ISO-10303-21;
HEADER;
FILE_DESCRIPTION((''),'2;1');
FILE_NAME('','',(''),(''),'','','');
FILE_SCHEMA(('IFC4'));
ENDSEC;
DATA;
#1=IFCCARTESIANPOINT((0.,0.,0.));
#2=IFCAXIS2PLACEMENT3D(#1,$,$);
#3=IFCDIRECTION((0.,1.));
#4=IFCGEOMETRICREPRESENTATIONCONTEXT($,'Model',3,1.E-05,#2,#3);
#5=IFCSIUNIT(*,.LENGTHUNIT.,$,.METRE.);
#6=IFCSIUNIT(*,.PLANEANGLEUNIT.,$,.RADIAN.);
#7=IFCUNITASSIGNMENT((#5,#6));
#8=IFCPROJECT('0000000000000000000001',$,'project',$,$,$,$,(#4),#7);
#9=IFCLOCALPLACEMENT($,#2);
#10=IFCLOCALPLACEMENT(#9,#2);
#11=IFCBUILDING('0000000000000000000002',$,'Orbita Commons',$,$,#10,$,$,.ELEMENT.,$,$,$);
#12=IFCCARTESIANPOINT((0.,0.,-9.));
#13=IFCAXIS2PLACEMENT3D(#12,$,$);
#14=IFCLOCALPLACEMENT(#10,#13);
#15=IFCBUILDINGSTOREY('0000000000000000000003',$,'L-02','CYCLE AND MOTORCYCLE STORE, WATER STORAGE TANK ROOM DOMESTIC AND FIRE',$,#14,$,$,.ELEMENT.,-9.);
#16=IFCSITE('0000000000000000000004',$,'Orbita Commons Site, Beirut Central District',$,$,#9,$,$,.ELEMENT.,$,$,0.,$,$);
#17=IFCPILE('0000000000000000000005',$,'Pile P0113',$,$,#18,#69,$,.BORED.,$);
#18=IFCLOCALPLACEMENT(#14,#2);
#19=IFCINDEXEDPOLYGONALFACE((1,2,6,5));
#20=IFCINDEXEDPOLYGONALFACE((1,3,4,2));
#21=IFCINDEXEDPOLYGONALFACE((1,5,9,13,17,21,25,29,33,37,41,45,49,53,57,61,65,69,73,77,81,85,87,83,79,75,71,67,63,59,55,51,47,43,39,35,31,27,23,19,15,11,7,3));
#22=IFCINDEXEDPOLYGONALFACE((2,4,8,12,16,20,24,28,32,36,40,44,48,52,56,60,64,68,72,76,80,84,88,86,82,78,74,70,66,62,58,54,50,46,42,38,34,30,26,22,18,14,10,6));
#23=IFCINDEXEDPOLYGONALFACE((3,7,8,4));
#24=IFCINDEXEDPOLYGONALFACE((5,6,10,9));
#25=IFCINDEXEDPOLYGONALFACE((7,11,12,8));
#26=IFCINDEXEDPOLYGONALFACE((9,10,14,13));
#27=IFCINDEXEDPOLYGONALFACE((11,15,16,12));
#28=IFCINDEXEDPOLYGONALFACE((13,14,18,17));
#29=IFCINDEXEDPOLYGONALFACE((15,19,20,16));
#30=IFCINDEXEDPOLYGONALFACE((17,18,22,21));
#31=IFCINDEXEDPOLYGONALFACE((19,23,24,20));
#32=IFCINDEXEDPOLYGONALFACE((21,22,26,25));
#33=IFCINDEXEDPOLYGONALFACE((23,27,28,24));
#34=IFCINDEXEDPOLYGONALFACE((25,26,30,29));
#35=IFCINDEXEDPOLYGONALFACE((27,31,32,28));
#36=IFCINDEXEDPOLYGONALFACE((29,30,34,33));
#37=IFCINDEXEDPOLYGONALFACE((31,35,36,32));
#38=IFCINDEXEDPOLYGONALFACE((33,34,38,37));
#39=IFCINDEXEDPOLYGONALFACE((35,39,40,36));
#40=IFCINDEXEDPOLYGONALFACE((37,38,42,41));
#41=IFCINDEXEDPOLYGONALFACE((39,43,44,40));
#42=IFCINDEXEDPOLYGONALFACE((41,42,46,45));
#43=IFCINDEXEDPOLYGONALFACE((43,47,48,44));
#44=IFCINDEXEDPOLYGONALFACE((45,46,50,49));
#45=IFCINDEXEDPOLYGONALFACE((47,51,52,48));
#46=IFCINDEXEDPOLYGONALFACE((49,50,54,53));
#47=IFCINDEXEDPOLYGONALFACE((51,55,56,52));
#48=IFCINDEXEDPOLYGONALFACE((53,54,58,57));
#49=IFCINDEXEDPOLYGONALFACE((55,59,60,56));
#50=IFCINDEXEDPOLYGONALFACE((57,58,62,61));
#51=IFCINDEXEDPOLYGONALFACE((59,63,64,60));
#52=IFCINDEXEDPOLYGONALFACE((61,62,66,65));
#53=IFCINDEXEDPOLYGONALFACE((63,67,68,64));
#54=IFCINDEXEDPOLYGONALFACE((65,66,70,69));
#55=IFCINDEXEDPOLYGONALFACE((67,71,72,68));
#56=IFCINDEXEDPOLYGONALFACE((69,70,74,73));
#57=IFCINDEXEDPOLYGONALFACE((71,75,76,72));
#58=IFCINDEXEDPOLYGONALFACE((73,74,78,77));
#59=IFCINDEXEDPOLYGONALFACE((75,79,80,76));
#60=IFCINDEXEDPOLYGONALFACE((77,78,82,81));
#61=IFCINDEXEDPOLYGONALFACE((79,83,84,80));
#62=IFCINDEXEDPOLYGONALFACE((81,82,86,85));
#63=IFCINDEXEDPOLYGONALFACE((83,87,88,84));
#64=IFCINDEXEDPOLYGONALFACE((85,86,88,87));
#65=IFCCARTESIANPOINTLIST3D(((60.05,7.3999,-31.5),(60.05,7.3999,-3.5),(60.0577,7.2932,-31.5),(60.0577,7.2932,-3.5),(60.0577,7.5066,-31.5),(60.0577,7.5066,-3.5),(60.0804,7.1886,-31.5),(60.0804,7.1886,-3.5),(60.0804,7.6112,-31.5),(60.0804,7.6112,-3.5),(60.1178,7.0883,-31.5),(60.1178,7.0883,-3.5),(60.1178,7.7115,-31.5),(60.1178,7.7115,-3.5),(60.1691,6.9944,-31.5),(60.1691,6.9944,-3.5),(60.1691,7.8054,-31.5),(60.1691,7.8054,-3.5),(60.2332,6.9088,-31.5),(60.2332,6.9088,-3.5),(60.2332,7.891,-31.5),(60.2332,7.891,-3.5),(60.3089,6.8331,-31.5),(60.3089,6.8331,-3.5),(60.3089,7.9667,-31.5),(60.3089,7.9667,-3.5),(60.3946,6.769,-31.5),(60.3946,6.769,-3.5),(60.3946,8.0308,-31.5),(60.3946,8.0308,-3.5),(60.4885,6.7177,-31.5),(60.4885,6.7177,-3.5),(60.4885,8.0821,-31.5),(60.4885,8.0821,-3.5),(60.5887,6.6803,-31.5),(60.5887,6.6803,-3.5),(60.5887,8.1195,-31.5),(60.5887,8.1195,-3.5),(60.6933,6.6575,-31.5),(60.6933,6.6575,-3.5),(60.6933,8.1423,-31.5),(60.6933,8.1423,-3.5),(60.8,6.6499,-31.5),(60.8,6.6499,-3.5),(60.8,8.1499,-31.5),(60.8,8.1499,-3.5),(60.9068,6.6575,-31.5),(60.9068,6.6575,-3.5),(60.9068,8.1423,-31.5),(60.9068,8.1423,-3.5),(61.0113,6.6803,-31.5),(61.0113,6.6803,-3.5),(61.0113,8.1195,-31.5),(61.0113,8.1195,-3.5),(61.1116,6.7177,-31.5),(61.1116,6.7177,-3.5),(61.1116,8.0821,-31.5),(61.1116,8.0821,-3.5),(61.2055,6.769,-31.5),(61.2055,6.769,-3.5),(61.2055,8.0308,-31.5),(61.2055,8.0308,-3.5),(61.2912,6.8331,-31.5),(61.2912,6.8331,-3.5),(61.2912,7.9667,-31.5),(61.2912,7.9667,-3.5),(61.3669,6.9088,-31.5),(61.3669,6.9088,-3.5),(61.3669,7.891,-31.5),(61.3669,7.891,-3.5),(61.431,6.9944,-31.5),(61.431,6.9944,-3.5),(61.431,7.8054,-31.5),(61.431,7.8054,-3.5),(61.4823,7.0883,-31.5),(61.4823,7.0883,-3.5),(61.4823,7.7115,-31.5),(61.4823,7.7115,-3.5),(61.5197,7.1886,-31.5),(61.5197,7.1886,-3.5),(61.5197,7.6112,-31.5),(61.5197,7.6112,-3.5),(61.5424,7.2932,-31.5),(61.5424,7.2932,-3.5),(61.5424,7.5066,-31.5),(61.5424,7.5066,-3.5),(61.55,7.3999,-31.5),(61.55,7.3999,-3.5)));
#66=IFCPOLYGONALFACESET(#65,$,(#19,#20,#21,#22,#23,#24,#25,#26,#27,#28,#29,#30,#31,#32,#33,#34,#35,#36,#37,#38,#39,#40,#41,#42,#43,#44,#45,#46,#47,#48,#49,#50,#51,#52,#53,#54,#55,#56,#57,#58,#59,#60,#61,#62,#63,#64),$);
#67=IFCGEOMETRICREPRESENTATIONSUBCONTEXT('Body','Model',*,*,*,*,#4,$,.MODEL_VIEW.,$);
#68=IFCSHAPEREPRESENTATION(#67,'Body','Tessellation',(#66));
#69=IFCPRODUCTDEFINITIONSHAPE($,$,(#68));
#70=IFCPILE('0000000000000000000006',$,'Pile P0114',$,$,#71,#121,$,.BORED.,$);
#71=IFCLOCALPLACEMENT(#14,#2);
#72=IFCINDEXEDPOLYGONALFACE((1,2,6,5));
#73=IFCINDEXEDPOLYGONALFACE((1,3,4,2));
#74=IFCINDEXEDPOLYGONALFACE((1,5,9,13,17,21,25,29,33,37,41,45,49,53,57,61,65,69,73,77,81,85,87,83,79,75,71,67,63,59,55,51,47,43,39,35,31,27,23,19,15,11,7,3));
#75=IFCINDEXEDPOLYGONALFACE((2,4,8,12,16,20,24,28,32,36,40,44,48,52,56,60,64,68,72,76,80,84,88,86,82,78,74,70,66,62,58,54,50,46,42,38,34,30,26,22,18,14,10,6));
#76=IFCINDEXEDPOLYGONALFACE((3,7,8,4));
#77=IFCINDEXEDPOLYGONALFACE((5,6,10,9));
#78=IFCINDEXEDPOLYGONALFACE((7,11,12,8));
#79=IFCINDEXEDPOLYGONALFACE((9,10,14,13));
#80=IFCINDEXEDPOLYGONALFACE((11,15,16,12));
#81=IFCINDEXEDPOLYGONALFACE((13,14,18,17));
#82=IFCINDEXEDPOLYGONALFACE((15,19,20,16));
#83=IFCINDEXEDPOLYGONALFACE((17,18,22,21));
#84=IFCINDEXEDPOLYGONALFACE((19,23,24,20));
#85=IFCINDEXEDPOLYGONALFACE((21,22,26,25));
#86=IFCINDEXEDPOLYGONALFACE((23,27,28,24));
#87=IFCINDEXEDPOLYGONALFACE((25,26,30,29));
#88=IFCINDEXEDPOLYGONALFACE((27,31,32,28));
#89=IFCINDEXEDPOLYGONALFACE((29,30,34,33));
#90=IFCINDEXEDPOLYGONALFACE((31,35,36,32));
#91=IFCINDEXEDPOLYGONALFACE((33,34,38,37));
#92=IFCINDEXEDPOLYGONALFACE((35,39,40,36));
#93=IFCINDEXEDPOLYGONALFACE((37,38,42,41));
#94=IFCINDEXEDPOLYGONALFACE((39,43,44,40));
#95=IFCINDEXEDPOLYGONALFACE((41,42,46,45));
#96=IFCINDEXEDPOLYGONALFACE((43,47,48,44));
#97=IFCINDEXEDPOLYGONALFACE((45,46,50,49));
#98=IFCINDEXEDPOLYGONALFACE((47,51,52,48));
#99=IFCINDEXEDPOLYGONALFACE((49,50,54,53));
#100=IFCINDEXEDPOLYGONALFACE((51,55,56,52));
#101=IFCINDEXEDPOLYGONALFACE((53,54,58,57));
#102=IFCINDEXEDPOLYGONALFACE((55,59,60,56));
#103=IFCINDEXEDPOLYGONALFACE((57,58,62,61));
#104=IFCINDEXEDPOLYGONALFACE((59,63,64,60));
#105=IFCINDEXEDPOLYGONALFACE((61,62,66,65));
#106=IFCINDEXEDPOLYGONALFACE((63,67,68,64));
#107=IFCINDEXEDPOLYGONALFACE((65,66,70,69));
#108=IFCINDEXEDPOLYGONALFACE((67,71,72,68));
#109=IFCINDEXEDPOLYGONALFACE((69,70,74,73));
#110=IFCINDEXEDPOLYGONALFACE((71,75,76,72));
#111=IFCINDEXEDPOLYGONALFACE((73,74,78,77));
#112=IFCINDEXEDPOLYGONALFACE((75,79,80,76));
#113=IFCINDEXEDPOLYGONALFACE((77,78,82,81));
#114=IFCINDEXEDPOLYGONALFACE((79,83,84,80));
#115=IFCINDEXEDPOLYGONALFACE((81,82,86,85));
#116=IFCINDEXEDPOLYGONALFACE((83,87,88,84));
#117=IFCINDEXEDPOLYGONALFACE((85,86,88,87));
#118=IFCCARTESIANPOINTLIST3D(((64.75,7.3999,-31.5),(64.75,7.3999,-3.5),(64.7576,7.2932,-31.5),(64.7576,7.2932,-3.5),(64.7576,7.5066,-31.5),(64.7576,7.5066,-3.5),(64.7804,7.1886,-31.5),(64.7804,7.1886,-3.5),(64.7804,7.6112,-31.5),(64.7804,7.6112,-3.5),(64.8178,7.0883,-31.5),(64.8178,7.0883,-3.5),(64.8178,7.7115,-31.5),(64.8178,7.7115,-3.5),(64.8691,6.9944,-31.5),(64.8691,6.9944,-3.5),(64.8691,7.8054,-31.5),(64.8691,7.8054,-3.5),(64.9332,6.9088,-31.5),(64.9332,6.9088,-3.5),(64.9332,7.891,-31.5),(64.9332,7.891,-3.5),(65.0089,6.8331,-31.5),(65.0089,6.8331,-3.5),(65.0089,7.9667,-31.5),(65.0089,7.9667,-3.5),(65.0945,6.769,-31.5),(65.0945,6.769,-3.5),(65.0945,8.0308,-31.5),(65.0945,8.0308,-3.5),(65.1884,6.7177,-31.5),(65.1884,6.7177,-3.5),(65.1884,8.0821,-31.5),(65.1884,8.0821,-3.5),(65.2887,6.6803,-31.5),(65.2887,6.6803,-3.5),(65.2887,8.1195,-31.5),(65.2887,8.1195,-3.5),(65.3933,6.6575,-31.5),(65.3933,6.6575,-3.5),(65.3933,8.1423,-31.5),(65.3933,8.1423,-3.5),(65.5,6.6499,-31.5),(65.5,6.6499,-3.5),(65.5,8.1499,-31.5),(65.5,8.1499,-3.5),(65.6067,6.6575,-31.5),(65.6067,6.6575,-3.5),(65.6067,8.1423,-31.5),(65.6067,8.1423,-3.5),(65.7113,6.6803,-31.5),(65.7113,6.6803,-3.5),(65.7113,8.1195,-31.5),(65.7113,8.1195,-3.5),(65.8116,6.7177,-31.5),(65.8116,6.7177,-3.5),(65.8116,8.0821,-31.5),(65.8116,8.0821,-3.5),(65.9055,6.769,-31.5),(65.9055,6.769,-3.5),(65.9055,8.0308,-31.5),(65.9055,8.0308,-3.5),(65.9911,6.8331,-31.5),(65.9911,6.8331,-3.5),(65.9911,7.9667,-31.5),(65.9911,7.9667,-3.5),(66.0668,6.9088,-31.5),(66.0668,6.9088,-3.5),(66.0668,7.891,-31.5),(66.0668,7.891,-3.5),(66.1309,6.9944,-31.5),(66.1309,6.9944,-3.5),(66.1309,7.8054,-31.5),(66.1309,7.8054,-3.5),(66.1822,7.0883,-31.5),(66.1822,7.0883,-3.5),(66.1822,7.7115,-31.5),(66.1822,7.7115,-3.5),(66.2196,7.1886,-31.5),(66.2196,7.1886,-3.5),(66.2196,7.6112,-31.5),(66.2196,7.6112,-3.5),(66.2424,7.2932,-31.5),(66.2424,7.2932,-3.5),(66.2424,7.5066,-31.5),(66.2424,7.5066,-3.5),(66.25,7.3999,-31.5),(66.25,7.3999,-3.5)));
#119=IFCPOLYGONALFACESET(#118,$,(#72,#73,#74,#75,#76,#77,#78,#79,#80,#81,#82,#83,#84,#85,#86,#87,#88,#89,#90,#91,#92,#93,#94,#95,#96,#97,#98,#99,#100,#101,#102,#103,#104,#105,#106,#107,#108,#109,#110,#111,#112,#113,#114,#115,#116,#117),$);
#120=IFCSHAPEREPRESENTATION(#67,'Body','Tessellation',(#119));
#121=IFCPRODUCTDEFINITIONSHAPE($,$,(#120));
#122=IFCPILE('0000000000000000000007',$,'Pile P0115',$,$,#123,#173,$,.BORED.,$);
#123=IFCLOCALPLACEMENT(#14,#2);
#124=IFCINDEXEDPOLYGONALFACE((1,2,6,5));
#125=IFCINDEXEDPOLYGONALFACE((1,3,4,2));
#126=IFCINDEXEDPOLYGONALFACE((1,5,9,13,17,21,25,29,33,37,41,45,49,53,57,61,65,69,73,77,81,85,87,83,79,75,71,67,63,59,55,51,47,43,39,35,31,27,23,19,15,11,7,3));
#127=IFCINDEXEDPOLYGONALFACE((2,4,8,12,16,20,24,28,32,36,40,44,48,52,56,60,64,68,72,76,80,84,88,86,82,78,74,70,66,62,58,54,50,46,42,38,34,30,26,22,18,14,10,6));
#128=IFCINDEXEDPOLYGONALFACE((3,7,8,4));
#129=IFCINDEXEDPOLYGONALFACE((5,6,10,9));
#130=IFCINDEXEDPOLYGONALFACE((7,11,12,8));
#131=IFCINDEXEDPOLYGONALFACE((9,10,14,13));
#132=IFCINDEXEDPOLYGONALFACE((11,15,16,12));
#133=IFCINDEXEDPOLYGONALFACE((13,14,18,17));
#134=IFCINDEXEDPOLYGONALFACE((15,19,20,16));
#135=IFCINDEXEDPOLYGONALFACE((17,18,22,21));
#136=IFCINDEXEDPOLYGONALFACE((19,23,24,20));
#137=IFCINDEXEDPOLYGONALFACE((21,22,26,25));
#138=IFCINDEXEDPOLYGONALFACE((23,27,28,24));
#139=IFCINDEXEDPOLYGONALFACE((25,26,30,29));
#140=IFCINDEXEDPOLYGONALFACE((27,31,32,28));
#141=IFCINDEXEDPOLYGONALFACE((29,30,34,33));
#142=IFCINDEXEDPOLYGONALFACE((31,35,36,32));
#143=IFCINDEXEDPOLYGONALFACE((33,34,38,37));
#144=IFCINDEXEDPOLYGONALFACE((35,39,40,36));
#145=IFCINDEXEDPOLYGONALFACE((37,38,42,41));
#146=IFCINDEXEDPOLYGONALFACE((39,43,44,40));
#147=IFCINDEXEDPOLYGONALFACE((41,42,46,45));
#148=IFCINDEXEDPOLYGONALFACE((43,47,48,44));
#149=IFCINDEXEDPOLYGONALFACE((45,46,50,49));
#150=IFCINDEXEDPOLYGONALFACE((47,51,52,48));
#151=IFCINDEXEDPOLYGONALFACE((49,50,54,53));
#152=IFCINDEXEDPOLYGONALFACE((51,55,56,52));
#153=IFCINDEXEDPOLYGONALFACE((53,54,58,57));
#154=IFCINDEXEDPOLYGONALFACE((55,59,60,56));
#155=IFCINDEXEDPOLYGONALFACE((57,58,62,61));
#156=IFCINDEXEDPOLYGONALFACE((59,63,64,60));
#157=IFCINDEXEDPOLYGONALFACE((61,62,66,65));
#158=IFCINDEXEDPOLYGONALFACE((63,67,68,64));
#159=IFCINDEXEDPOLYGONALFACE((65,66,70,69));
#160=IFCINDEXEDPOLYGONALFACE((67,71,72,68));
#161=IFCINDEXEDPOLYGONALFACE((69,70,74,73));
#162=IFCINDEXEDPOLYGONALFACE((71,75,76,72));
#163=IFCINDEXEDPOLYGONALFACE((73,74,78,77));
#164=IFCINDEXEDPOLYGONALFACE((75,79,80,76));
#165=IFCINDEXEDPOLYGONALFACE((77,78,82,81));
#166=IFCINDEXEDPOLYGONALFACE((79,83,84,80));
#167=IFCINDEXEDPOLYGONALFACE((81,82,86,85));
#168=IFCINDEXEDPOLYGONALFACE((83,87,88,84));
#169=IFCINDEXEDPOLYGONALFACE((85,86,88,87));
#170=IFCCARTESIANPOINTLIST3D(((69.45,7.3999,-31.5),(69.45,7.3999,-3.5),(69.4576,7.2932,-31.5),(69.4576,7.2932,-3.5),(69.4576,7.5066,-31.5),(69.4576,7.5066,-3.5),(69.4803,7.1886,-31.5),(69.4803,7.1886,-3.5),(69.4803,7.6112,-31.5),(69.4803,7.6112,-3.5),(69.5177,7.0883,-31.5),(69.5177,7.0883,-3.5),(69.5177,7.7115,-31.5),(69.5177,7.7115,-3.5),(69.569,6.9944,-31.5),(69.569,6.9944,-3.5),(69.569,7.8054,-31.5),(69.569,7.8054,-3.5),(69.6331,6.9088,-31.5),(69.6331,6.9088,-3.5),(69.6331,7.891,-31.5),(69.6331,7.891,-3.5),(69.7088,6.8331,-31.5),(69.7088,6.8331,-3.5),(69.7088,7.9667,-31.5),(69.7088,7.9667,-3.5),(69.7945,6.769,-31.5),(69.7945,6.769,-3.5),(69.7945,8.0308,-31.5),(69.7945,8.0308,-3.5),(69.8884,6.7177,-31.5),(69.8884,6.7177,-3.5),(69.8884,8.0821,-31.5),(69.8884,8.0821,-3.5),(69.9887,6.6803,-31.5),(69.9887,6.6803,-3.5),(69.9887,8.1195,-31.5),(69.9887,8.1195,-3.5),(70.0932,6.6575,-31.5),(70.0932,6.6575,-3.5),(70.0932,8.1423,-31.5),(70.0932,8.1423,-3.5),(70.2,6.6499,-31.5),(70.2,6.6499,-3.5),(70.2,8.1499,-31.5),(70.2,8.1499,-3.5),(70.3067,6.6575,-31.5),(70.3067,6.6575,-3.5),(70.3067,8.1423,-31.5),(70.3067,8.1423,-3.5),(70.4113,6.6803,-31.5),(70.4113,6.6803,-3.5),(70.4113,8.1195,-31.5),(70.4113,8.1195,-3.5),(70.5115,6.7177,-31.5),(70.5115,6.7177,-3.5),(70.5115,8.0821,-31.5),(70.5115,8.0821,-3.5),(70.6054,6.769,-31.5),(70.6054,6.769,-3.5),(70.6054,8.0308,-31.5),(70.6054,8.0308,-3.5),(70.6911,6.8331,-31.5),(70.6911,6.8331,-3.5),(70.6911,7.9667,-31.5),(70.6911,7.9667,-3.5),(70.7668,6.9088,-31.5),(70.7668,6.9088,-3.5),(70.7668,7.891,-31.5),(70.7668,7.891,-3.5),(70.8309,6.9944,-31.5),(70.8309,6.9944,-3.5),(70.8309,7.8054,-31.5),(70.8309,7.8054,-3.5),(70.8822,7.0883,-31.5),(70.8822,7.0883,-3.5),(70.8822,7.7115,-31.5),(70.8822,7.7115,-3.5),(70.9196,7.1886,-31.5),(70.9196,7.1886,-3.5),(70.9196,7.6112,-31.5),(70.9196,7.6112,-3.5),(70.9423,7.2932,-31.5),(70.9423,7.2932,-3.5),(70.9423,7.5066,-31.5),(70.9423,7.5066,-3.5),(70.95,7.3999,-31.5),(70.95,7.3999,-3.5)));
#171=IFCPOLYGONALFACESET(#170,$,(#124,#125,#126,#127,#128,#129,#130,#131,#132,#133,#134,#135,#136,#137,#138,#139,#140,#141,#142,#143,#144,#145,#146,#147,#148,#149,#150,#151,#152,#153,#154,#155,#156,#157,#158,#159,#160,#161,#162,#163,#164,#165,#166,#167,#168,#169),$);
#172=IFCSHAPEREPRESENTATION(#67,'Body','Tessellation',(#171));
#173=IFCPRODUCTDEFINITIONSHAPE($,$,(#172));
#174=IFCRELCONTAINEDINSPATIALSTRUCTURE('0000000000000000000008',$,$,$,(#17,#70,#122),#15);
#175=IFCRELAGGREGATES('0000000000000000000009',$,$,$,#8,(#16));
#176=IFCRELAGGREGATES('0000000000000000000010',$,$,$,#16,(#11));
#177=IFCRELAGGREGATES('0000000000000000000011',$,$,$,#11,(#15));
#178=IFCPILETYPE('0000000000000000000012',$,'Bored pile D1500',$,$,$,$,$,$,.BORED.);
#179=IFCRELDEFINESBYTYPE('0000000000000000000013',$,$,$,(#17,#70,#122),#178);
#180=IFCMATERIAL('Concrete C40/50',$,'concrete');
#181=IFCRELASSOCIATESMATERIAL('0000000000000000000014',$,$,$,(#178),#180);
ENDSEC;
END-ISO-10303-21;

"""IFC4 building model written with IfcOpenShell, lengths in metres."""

from ifc_helpers import new_model, si_unit, direction, frame, origin, origin_2d, place, context, subcontext, project, spatial, circle, extrude, material, material_profile, profile_set, type_object, element, save


model = new_model("IFC4")

# Units and contexts
model_context = context("Model", 3, precision=1e-05, world=origin(), true_north=direction((0.0, 1.0)))
body_context = subcontext(model_context, "Body", "Model", "MODEL_VIEW")
ifc_project = project(units=[si_unit("LENGTHUNIT", "METRE"), si_unit("PLANEANGLEUNIT", "RADIAN")], contexts=[model_context])

# Site, building, storey
site_placement = place(None, origin())
site = spatial("IfcSite", under=ifc_project, at=site_placement, Name="Orbita Commons Site, Beirut Central District", CompositionType="ELEMENT", RefElevation=0.0)
building_placement = place(site_placement, origin())
building = spatial("IfcBuilding", under=site, at=building_placement, Name="Orbita Commons", CompositionType="ELEMENT")
storey_placement = place(building_placement, frame((0.0, 0.0, -9.0)))
storey = spatial("IfcBuildingStorey", under=building, at=storey_placement, Name="L-02", Description="CYCLE AND MOTORCYCLE STORE, WATER STORAGE TANK ROOM DOMESTIC AND FIRE", CompositionType="ELEMENT", Elevation=-9.0)

# Piles
ifc_material_1 = material(Name="Concrete C40/50", Category="concrete")
ifc_material_profile_1 = material_profile(ifc_material_1, circle(Radius=0.75, at=origin_2d()), Name="RC D1500")
ifc_profile_set_1 = profile_set([ifc_material_profile_1], Name="Concrete C40/50")
pile_type = type_object("IfcPileType", Name="Bored pile D1500", PredefinedType="BORED", material=ifc_profile_set_1)
for number, where, z_axis, x_axis, name in (
    (1, (60.8, 7.3999, -3.5), (0.0, 0.0, -1.0), (1.0, 0.0, 0.0), "Pile P0113"),
    (2, (65.5, 7.3999, -3.5), (0.0, 0.0, -1.0), (1.0, 0.0, 0.0), "Pile P0114"),
    (3, (70.2, 7.3999, -3.5), (0.0, 0.0, -1.0), (1.0, 0.0, 0.0), "Pile P0115"),
):
    element("IfcPile", number, at=place(storey_placement, frame(where, z_axis=z_axis, x_axis=x_axis)), inside=storey, type_object=pile_type, Name=name, PredefinedType="BORED", context=body_context, shape_type="SweptSolid", body=[
        extrude(circle(Radius=0.75, at=origin_2d()), origin(), (0.0, 0.0, 1.0), 28.0),
    ])

save(model, "model.ifc")
